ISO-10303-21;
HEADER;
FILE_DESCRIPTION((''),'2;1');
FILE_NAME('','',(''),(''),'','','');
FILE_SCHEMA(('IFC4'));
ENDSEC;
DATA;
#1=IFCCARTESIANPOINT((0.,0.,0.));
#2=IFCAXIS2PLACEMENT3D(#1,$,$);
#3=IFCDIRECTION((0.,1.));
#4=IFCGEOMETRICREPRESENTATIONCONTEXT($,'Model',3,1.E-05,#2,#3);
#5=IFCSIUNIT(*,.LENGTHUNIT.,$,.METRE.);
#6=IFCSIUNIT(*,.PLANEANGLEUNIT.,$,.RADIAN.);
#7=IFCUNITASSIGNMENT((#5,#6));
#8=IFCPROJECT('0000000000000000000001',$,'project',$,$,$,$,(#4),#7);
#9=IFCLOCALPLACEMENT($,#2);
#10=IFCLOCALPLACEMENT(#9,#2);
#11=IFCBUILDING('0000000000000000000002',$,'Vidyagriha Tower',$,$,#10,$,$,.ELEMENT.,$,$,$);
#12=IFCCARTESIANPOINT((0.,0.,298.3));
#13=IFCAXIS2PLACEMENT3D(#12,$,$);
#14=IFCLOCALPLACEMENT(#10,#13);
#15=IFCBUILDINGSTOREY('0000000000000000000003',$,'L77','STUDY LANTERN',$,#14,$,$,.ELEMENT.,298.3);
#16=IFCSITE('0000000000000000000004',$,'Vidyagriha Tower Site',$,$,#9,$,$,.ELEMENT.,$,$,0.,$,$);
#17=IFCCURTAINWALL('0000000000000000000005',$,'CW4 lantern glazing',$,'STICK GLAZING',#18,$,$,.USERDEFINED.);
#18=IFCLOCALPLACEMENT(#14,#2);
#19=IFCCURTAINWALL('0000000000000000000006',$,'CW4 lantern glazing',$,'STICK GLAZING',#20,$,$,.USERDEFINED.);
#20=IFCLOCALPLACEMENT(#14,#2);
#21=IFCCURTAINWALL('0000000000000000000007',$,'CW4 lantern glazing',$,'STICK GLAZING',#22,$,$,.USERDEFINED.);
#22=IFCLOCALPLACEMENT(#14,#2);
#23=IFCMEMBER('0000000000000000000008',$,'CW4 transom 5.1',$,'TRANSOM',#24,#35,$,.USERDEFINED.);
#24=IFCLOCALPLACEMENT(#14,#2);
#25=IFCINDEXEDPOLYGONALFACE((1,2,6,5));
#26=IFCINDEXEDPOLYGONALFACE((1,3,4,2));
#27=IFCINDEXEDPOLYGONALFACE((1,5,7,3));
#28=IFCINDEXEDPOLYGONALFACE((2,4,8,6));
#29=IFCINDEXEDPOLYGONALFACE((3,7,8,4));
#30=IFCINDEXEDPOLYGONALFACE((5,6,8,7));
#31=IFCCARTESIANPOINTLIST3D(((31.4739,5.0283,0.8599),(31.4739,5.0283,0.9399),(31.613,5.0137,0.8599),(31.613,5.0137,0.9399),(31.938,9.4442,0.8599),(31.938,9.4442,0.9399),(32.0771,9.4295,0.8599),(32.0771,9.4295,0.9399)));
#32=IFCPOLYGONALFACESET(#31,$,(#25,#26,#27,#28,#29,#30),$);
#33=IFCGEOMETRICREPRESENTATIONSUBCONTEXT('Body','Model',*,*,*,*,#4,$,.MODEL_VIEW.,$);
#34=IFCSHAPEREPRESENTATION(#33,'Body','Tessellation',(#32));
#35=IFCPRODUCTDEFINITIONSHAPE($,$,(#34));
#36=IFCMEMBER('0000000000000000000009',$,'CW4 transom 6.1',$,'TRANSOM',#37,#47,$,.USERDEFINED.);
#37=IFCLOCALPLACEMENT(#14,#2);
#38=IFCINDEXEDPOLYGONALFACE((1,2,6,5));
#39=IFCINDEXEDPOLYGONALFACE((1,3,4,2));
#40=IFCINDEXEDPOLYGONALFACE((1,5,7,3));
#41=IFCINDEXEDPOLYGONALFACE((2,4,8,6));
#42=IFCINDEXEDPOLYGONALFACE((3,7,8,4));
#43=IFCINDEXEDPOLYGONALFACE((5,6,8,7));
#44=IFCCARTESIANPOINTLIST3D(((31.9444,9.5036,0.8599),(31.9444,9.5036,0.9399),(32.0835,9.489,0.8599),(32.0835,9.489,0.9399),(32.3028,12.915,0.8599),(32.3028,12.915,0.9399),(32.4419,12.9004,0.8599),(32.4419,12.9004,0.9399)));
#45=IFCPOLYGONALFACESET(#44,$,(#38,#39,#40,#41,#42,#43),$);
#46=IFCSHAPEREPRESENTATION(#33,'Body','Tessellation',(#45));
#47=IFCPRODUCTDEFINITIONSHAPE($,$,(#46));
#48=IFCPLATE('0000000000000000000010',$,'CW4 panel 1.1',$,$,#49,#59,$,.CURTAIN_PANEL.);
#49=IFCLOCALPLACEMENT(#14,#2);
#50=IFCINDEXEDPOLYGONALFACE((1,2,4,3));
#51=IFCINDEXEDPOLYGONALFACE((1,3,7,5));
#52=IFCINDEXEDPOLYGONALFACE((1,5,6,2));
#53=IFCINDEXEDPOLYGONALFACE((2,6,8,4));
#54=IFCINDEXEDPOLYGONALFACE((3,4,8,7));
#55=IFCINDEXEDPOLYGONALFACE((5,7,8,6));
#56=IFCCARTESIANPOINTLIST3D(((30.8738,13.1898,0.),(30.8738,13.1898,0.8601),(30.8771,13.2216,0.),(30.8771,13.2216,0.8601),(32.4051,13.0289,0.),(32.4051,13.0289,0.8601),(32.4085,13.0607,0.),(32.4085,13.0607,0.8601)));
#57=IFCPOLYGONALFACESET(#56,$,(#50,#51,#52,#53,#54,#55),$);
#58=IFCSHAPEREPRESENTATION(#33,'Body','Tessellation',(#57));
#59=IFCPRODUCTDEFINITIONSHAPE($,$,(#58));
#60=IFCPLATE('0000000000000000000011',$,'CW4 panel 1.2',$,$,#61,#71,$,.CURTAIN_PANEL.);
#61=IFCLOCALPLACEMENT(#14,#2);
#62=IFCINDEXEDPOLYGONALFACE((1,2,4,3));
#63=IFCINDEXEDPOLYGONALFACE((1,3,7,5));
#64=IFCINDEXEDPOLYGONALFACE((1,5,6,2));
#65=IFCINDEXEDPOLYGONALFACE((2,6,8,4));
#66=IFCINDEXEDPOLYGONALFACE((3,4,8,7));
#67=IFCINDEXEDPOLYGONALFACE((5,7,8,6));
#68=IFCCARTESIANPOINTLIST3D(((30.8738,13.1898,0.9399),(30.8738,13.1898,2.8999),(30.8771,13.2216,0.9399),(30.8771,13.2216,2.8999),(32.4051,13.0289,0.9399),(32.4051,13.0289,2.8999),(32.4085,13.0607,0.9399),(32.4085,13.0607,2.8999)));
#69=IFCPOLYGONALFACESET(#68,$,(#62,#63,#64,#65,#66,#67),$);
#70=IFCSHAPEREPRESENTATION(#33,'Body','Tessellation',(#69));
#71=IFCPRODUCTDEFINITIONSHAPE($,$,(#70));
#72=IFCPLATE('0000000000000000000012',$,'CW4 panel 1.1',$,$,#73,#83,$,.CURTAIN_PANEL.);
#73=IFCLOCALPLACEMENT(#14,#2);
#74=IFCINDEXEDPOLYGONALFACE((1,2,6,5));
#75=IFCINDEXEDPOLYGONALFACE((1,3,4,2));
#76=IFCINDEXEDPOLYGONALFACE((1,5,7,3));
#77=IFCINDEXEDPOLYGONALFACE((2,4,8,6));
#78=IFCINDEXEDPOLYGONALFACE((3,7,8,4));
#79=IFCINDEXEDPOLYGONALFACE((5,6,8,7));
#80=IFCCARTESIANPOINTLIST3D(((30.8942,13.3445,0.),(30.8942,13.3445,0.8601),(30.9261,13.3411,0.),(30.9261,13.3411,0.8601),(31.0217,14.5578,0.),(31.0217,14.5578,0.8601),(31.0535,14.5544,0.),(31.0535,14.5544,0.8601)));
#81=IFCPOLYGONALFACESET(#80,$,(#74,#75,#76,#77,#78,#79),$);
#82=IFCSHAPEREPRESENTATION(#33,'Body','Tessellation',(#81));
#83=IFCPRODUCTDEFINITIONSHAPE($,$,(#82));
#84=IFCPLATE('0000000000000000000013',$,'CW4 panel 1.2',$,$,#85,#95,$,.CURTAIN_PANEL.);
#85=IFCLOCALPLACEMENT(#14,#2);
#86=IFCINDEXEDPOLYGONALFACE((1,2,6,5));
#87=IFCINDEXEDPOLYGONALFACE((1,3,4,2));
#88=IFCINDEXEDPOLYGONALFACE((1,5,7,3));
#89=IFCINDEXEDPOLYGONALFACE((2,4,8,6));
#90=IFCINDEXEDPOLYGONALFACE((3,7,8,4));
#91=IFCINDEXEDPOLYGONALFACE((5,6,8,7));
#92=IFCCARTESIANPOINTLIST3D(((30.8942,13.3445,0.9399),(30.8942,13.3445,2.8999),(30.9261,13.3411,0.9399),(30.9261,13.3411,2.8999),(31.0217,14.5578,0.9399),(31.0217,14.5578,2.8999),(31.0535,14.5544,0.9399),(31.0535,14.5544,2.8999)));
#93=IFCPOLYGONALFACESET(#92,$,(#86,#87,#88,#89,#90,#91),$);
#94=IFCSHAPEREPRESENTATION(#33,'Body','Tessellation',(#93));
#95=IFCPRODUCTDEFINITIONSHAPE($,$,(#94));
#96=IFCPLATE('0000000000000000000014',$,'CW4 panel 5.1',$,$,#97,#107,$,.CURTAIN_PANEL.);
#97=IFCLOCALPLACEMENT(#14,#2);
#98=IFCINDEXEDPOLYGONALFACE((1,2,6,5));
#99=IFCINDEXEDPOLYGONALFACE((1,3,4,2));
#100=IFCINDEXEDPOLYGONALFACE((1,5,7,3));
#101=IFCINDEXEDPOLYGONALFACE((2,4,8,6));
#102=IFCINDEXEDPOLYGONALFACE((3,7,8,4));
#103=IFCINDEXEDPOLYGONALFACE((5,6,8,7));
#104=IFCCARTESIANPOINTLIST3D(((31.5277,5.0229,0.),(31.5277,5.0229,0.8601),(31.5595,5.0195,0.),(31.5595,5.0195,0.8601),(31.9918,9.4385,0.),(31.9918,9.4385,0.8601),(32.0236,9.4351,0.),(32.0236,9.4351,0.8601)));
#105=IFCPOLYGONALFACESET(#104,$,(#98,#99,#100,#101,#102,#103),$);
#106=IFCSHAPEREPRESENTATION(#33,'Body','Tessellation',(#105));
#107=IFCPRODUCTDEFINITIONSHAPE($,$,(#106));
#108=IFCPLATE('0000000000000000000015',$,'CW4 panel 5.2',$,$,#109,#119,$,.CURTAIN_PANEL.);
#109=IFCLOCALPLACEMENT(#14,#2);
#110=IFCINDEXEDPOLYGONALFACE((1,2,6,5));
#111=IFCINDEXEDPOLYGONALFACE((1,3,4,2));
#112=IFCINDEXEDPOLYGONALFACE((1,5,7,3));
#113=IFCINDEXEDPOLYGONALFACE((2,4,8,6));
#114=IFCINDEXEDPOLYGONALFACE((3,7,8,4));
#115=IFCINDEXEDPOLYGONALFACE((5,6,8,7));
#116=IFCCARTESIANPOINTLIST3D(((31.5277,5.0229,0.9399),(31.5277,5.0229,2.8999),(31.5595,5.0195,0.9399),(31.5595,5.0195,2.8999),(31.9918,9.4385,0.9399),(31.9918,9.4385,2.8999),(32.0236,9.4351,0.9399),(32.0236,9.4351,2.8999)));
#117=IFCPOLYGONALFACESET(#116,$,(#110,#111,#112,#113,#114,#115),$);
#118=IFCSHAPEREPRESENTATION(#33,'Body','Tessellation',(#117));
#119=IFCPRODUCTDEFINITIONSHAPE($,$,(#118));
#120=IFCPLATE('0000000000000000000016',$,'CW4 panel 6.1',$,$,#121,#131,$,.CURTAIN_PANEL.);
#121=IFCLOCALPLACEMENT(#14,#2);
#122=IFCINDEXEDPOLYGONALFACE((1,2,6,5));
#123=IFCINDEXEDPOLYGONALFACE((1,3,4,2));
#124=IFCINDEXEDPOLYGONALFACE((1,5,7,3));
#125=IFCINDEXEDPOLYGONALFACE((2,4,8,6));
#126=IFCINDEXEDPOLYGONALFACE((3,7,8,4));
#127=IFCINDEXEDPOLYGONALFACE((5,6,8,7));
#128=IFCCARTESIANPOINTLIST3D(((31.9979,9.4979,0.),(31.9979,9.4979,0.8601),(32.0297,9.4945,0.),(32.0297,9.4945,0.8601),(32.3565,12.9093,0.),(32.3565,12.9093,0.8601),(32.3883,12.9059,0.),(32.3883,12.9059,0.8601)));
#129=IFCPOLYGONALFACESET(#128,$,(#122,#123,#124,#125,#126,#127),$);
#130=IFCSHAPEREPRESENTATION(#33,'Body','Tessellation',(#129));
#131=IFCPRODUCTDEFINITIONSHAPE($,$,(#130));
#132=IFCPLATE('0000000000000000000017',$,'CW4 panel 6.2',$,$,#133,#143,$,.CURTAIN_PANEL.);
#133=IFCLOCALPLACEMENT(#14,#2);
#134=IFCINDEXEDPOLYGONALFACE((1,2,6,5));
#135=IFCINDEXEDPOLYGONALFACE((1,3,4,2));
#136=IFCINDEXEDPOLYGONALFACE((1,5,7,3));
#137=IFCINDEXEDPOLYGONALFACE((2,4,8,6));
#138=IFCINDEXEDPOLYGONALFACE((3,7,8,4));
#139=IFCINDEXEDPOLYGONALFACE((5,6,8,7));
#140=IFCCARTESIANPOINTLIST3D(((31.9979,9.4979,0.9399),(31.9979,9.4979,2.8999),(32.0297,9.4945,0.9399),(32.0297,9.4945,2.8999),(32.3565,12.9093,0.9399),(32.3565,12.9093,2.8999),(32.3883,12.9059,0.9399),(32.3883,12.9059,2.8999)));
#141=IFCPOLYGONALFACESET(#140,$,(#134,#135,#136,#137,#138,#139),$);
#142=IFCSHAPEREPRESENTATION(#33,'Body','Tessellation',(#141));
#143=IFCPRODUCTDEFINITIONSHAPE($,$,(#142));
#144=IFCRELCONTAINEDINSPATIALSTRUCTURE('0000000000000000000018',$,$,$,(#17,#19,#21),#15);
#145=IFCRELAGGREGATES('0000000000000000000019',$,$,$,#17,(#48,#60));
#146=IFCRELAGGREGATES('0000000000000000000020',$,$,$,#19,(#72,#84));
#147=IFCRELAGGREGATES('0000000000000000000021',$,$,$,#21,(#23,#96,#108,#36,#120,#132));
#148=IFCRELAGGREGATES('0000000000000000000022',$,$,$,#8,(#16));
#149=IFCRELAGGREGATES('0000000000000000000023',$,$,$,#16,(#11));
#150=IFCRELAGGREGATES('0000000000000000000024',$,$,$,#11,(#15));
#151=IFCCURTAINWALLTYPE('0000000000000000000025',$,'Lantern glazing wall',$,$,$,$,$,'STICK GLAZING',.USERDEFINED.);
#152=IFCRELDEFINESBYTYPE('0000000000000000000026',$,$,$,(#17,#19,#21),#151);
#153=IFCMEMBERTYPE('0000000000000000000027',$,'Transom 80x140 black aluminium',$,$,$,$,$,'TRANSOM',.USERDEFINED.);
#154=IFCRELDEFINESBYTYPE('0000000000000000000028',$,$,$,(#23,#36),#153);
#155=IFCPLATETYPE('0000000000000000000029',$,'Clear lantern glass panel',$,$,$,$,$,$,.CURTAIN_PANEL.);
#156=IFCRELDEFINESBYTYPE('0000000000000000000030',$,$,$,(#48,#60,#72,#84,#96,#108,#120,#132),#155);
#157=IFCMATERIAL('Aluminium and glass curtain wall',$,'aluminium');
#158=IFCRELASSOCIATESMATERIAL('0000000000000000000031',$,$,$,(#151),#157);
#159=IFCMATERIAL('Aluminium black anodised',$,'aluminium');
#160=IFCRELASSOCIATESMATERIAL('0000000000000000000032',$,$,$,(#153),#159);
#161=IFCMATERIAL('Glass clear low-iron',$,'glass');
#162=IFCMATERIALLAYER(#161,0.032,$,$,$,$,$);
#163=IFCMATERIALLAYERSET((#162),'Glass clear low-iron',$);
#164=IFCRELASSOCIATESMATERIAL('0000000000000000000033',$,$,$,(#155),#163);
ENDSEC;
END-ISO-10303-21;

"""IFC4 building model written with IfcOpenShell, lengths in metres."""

from ifc_helpers import new_model, si_unit, direction, frame, origin, origin_2d, place, context, subcontext, project, spatial, rectangle, extrude, material, layer, layer_set, material_profile, profile_set, type_object, element, aggregate, save


model = new_model("IFC4")

# Units and contexts
model_context = context("Model", 3, precision=1e-05, world=origin(), true_north=direction((0.0, 1.0)))
body_context = subcontext(model_context, "Body", "Model", "MODEL_VIEW")
ifc_project = project(units=[si_unit("LENGTHUNIT", "METRE"), si_unit("PLANEANGLEUNIT", "RADIAN")], contexts=[model_context])

# Site, building, storey
site_placement = place(None, origin())
site = spatial("IfcSite", under=ifc_project, at=site_placement, Name="Vidyagriha Tower Site", CompositionType="ELEMENT", RefElevation=0.0)
building_placement = place(site_placement, origin())
building = spatial("IfcBuilding", under=site, at=building_placement, Name="Vidyagriha Tower", CompositionType="ELEMENT")
storey_placement = place(building_placement, frame((0.0, 0.0, 298.3)))
storey = spatial("IfcBuildingStorey", under=building, at=storey_placement, Name="L77", Description="STUDY LANTERN", CompositionType="ELEMENT", Elevation=298.3)

# Curtain walls
ifc_material_1 = material(Name="Aluminium and glass curtain wall", Category="aluminium")
curtain_wall_type = type_object("IfcCurtainWallType", Name="Lantern glazing wall", ElementType="STICK GLAZING", PredefinedType="USERDEFINED", material=ifc_material_1)
curtain_wall_1_placement = place(storey_placement, origin())
curtain_wall_1 = element("IfcCurtainWall", 1, at=curtain_wall_1_placement, inside=storey, type_object=curtain_wall_type, Name="CW4 lantern glazing", ObjectType="STICK GLAZING", PredefinedType="USERDEFINED")
curtain_wall_2_placement = place(storey_placement, origin())
curtain_wall_2 = element("IfcCurtainWall", 2, at=curtain_wall_2_placement, inside=storey, type_object=curtain_wall_type, Name="CW4 lantern glazing", ObjectType="STICK GLAZING", PredefinedType="USERDEFINED")

# Curtain wall
curtain_wall_3_placement = place(storey_placement, origin())
curtain_wall_3 = element("IfcCurtainWall", 3, at=curtain_wall_3_placement, inside=storey, type_object=curtain_wall_type, Name="CW4 lantern glazing", ObjectType="STICK GLAZING", PredefinedType="USERDEFINED")

# Members
ifc_material_2 = material(Name="Aluminium black anodised", Category="aluminium")
ifc_material_profile_1 = material_profile(ifc_material_2, rectangle(XDim=0.1399, YDim=0.0801, at=origin_2d()), Name="Transom 80x140 black aluminium")
ifc_profile_set_1 = profile_set([ifc_material_profile_1], Name="Aluminium black anodised")
member_type_1 = type_object("IfcMemberType", Name="Transom 80x140 black aluminium", ElementType="TRANSOM", PredefinedType="USERDEFINED", material=ifc_profile_set_1)
member_1_placement = place(storey_placement, frame((31.5435, 5.021, 0.8999), z_axis=(0.104527, 0.994522, 0.0), x_axis=(-0.994522, 0.104527, 0.0)))
member_1 = element("IfcMember", 4, at=member_1_placement, type_object=member_type_1, Name="CW4 transom 5.1", ObjectType="TRANSOM", PredefinedType="USERDEFINED", context=body_context, shape_type="SweptSolid", body=[
    extrude(rectangle(XDim=0.1399, YDim=0.0801, at=origin_2d()), origin(), (0.0, 0.0, 1.0), 4.4402),
])
member_2_placement = place(storey_placement, frame((32.0139, 9.4963, 0.8999), z_axis=(0.104485, 0.994526, 0.0), x_axis=(-0.994526, 0.104485, 0.0)))
member_2 = element("IfcMember", 5, at=member_2_placement, type_object=member_type_1, Name="CW4 transom 6.1", ObjectType="TRANSOM", PredefinedType="USERDEFINED", context=body_context, shape_type="SweptSolid", body=[
    extrude(rectangle(XDim=0.1399, YDim=0.0801, at=origin_2d()), origin(), (0.0, 0.0, 1.0), 3.4302),
])

# Plates
ifc_material_3 = material(Name="Glass clear low-iron", Category="glass")
ifc_layer = layer(ifc_material_3, 0.032)
ifc_layer_set = layer_set([ifc_layer], Name="Glass clear low-iron")
plate_type = type_object("IfcPlateType", Name="Clear lantern glass panel", PredefinedType="CURTAIN_PANEL", material=ifc_layer_set)
plate_1_placement = place(storey_placement, frame((31.6411, 13.1252, 0.0), z_axis=(0.0, 0.0, 1.0), x_axis=(-0.994529, 0.104465, 0.0)))
plate_1 = element("IfcPlate", 6, at=plate_1_placement, type_object=plate_type, Name="CW4 panel 1.1", PredefinedType="CURTAIN_PANEL", context=body_context, shape_type="SweptSolid", body=[
    extrude(rectangle(XDim=1.5398, YDim=0.032, at=origin_2d()), origin(), (0.0, 0.0, 1.0), 0.8601),
])
plate_2_placement = place(storey_placement, frame((31.6411, 13.1252, 0.9399), z_axis=(0.0, 0.0, 1.0), x_axis=(-0.994529, 0.104465, 0.0)))
plate_2 = element("IfcPlate", 7, at=plate_2_placement, type_object=plate_type, Name="CW4 panel 1.2", PredefinedType="CURTAIN_PANEL", context=body_context, shape_type="SweptSolid", body=[
    extrude(rectangle(XDim=1.5398, YDim=0.032, at=origin_2d()), origin(), (0.0, 0.0, 1.0), 1.96),
])
aggregate(curtain_wall_1, [plate_1, plate_2])
plate_3_placement = place(storey_placement, frame((30.9739, 13.9495, 0.0), z_axis=(0.0, 0.0, 1.0), x_axis=(0.104475, 0.994528, 0.0)))
plate_3 = element("IfcPlate", 8, at=plate_3_placement, type_object=plate_type, Name="CW4 panel 1.1", PredefinedType="CURTAIN_PANEL", context=body_context, shape_type="SweptSolid", body=[
    extrude(rectangle(XDim=1.22, YDim=0.032, at=origin_2d()), origin(), (0.0, 0.0, 1.0), 0.8601),
])
plate_4_placement = place(storey_placement, frame((30.9739, 13.9495, 0.9399), z_axis=(0.0, 0.0, 1.0), x_axis=(0.104475, 0.994528, 0.0)))
plate_4 = element("IfcPlate", 9, at=plate_4_placement, type_object=plate_type, Name="CW4 panel 1.2", PredefinedType="CURTAIN_PANEL", context=body_context, shape_type="SweptSolid", body=[
    extrude(rectangle(XDim=1.22, YDim=0.032, at=origin_2d()), origin(), (0.0, 0.0, 1.0), 1.96),
])
aggregate(curtain_wall_2, [plate_3, plate_4])
plate_5_placement = place(storey_placement, frame((31.7756, 7.229, 0.0), z_axis=(0.0, 0.0, 1.0), x_axis=(0.104527, 0.994522, 0.0)))
plate_5 = element("IfcPlate", 10, at=plate_5_placement, type_object=plate_type, Name="CW4 panel 5.1", PredefinedType="CURTAIN_PANEL", context=body_context, shape_type="SweptSolid", body=[
    extrude(rectangle(XDim=4.4399, YDim=0.032, at=origin_2d()), origin(), (0.0, 0.0, 1.0), 0.8601),
])
plate_6_placement = place(storey_placement, frame((31.7756, 7.229, 0.9399), z_axis=(0.0, 0.0, 1.0), x_axis=(0.104527, 0.994522, 0.0)))
plate_6 = element("IfcPlate", 11, at=plate_6_placement, type_object=plate_type, Name="CW4 panel 5.2", PredefinedType="CURTAIN_PANEL", context=body_context, shape_type="SweptSolid", body=[
    extrude(rectangle(XDim=4.4399, YDim=0.032, at=origin_2d()), origin(), (0.0, 0.0, 1.0), 1.96),
])
plate_7_placement = place(storey_placement, frame((32.1931, 11.2019, 0.0), z_axis=(0.0, 0.0, 1.0), x_axis=(0.104527, 0.994522, 0.0)))
plate_7 = element("IfcPlate", 12, at=plate_7_placement, type_object=plate_type, Name="CW4 panel 6.1", PredefinedType="CURTAIN_PANEL", context=body_context, shape_type="SweptSolid", body=[
    extrude(rectangle(XDim=3.4302, YDim=0.032, at=origin_2d()), origin(), (0.0, 0.0, 1.0), 0.8601),
])
plate_8_placement = place(storey_placement, frame((32.1931, 11.2019, 0.9399), z_axis=(0.0, 0.0, 1.0), x_axis=(0.104527, 0.994522, 0.0)))
plate_8 = element("IfcPlate", 13, at=plate_8_placement, type_object=plate_type, Name="CW4 panel 6.2", PredefinedType="CURTAIN_PANEL", context=body_context, shape_type="SweptSolid", body=[
    extrude(rectangle(XDim=3.4302, YDim=0.032, at=origin_2d()), origin(), (0.0, 0.0, 1.0), 1.96),
])
aggregate(curtain_wall_3, [member_1, plate_5, plate_6, member_2, plate_7, plate_8])

save(model, "model.ifc")
